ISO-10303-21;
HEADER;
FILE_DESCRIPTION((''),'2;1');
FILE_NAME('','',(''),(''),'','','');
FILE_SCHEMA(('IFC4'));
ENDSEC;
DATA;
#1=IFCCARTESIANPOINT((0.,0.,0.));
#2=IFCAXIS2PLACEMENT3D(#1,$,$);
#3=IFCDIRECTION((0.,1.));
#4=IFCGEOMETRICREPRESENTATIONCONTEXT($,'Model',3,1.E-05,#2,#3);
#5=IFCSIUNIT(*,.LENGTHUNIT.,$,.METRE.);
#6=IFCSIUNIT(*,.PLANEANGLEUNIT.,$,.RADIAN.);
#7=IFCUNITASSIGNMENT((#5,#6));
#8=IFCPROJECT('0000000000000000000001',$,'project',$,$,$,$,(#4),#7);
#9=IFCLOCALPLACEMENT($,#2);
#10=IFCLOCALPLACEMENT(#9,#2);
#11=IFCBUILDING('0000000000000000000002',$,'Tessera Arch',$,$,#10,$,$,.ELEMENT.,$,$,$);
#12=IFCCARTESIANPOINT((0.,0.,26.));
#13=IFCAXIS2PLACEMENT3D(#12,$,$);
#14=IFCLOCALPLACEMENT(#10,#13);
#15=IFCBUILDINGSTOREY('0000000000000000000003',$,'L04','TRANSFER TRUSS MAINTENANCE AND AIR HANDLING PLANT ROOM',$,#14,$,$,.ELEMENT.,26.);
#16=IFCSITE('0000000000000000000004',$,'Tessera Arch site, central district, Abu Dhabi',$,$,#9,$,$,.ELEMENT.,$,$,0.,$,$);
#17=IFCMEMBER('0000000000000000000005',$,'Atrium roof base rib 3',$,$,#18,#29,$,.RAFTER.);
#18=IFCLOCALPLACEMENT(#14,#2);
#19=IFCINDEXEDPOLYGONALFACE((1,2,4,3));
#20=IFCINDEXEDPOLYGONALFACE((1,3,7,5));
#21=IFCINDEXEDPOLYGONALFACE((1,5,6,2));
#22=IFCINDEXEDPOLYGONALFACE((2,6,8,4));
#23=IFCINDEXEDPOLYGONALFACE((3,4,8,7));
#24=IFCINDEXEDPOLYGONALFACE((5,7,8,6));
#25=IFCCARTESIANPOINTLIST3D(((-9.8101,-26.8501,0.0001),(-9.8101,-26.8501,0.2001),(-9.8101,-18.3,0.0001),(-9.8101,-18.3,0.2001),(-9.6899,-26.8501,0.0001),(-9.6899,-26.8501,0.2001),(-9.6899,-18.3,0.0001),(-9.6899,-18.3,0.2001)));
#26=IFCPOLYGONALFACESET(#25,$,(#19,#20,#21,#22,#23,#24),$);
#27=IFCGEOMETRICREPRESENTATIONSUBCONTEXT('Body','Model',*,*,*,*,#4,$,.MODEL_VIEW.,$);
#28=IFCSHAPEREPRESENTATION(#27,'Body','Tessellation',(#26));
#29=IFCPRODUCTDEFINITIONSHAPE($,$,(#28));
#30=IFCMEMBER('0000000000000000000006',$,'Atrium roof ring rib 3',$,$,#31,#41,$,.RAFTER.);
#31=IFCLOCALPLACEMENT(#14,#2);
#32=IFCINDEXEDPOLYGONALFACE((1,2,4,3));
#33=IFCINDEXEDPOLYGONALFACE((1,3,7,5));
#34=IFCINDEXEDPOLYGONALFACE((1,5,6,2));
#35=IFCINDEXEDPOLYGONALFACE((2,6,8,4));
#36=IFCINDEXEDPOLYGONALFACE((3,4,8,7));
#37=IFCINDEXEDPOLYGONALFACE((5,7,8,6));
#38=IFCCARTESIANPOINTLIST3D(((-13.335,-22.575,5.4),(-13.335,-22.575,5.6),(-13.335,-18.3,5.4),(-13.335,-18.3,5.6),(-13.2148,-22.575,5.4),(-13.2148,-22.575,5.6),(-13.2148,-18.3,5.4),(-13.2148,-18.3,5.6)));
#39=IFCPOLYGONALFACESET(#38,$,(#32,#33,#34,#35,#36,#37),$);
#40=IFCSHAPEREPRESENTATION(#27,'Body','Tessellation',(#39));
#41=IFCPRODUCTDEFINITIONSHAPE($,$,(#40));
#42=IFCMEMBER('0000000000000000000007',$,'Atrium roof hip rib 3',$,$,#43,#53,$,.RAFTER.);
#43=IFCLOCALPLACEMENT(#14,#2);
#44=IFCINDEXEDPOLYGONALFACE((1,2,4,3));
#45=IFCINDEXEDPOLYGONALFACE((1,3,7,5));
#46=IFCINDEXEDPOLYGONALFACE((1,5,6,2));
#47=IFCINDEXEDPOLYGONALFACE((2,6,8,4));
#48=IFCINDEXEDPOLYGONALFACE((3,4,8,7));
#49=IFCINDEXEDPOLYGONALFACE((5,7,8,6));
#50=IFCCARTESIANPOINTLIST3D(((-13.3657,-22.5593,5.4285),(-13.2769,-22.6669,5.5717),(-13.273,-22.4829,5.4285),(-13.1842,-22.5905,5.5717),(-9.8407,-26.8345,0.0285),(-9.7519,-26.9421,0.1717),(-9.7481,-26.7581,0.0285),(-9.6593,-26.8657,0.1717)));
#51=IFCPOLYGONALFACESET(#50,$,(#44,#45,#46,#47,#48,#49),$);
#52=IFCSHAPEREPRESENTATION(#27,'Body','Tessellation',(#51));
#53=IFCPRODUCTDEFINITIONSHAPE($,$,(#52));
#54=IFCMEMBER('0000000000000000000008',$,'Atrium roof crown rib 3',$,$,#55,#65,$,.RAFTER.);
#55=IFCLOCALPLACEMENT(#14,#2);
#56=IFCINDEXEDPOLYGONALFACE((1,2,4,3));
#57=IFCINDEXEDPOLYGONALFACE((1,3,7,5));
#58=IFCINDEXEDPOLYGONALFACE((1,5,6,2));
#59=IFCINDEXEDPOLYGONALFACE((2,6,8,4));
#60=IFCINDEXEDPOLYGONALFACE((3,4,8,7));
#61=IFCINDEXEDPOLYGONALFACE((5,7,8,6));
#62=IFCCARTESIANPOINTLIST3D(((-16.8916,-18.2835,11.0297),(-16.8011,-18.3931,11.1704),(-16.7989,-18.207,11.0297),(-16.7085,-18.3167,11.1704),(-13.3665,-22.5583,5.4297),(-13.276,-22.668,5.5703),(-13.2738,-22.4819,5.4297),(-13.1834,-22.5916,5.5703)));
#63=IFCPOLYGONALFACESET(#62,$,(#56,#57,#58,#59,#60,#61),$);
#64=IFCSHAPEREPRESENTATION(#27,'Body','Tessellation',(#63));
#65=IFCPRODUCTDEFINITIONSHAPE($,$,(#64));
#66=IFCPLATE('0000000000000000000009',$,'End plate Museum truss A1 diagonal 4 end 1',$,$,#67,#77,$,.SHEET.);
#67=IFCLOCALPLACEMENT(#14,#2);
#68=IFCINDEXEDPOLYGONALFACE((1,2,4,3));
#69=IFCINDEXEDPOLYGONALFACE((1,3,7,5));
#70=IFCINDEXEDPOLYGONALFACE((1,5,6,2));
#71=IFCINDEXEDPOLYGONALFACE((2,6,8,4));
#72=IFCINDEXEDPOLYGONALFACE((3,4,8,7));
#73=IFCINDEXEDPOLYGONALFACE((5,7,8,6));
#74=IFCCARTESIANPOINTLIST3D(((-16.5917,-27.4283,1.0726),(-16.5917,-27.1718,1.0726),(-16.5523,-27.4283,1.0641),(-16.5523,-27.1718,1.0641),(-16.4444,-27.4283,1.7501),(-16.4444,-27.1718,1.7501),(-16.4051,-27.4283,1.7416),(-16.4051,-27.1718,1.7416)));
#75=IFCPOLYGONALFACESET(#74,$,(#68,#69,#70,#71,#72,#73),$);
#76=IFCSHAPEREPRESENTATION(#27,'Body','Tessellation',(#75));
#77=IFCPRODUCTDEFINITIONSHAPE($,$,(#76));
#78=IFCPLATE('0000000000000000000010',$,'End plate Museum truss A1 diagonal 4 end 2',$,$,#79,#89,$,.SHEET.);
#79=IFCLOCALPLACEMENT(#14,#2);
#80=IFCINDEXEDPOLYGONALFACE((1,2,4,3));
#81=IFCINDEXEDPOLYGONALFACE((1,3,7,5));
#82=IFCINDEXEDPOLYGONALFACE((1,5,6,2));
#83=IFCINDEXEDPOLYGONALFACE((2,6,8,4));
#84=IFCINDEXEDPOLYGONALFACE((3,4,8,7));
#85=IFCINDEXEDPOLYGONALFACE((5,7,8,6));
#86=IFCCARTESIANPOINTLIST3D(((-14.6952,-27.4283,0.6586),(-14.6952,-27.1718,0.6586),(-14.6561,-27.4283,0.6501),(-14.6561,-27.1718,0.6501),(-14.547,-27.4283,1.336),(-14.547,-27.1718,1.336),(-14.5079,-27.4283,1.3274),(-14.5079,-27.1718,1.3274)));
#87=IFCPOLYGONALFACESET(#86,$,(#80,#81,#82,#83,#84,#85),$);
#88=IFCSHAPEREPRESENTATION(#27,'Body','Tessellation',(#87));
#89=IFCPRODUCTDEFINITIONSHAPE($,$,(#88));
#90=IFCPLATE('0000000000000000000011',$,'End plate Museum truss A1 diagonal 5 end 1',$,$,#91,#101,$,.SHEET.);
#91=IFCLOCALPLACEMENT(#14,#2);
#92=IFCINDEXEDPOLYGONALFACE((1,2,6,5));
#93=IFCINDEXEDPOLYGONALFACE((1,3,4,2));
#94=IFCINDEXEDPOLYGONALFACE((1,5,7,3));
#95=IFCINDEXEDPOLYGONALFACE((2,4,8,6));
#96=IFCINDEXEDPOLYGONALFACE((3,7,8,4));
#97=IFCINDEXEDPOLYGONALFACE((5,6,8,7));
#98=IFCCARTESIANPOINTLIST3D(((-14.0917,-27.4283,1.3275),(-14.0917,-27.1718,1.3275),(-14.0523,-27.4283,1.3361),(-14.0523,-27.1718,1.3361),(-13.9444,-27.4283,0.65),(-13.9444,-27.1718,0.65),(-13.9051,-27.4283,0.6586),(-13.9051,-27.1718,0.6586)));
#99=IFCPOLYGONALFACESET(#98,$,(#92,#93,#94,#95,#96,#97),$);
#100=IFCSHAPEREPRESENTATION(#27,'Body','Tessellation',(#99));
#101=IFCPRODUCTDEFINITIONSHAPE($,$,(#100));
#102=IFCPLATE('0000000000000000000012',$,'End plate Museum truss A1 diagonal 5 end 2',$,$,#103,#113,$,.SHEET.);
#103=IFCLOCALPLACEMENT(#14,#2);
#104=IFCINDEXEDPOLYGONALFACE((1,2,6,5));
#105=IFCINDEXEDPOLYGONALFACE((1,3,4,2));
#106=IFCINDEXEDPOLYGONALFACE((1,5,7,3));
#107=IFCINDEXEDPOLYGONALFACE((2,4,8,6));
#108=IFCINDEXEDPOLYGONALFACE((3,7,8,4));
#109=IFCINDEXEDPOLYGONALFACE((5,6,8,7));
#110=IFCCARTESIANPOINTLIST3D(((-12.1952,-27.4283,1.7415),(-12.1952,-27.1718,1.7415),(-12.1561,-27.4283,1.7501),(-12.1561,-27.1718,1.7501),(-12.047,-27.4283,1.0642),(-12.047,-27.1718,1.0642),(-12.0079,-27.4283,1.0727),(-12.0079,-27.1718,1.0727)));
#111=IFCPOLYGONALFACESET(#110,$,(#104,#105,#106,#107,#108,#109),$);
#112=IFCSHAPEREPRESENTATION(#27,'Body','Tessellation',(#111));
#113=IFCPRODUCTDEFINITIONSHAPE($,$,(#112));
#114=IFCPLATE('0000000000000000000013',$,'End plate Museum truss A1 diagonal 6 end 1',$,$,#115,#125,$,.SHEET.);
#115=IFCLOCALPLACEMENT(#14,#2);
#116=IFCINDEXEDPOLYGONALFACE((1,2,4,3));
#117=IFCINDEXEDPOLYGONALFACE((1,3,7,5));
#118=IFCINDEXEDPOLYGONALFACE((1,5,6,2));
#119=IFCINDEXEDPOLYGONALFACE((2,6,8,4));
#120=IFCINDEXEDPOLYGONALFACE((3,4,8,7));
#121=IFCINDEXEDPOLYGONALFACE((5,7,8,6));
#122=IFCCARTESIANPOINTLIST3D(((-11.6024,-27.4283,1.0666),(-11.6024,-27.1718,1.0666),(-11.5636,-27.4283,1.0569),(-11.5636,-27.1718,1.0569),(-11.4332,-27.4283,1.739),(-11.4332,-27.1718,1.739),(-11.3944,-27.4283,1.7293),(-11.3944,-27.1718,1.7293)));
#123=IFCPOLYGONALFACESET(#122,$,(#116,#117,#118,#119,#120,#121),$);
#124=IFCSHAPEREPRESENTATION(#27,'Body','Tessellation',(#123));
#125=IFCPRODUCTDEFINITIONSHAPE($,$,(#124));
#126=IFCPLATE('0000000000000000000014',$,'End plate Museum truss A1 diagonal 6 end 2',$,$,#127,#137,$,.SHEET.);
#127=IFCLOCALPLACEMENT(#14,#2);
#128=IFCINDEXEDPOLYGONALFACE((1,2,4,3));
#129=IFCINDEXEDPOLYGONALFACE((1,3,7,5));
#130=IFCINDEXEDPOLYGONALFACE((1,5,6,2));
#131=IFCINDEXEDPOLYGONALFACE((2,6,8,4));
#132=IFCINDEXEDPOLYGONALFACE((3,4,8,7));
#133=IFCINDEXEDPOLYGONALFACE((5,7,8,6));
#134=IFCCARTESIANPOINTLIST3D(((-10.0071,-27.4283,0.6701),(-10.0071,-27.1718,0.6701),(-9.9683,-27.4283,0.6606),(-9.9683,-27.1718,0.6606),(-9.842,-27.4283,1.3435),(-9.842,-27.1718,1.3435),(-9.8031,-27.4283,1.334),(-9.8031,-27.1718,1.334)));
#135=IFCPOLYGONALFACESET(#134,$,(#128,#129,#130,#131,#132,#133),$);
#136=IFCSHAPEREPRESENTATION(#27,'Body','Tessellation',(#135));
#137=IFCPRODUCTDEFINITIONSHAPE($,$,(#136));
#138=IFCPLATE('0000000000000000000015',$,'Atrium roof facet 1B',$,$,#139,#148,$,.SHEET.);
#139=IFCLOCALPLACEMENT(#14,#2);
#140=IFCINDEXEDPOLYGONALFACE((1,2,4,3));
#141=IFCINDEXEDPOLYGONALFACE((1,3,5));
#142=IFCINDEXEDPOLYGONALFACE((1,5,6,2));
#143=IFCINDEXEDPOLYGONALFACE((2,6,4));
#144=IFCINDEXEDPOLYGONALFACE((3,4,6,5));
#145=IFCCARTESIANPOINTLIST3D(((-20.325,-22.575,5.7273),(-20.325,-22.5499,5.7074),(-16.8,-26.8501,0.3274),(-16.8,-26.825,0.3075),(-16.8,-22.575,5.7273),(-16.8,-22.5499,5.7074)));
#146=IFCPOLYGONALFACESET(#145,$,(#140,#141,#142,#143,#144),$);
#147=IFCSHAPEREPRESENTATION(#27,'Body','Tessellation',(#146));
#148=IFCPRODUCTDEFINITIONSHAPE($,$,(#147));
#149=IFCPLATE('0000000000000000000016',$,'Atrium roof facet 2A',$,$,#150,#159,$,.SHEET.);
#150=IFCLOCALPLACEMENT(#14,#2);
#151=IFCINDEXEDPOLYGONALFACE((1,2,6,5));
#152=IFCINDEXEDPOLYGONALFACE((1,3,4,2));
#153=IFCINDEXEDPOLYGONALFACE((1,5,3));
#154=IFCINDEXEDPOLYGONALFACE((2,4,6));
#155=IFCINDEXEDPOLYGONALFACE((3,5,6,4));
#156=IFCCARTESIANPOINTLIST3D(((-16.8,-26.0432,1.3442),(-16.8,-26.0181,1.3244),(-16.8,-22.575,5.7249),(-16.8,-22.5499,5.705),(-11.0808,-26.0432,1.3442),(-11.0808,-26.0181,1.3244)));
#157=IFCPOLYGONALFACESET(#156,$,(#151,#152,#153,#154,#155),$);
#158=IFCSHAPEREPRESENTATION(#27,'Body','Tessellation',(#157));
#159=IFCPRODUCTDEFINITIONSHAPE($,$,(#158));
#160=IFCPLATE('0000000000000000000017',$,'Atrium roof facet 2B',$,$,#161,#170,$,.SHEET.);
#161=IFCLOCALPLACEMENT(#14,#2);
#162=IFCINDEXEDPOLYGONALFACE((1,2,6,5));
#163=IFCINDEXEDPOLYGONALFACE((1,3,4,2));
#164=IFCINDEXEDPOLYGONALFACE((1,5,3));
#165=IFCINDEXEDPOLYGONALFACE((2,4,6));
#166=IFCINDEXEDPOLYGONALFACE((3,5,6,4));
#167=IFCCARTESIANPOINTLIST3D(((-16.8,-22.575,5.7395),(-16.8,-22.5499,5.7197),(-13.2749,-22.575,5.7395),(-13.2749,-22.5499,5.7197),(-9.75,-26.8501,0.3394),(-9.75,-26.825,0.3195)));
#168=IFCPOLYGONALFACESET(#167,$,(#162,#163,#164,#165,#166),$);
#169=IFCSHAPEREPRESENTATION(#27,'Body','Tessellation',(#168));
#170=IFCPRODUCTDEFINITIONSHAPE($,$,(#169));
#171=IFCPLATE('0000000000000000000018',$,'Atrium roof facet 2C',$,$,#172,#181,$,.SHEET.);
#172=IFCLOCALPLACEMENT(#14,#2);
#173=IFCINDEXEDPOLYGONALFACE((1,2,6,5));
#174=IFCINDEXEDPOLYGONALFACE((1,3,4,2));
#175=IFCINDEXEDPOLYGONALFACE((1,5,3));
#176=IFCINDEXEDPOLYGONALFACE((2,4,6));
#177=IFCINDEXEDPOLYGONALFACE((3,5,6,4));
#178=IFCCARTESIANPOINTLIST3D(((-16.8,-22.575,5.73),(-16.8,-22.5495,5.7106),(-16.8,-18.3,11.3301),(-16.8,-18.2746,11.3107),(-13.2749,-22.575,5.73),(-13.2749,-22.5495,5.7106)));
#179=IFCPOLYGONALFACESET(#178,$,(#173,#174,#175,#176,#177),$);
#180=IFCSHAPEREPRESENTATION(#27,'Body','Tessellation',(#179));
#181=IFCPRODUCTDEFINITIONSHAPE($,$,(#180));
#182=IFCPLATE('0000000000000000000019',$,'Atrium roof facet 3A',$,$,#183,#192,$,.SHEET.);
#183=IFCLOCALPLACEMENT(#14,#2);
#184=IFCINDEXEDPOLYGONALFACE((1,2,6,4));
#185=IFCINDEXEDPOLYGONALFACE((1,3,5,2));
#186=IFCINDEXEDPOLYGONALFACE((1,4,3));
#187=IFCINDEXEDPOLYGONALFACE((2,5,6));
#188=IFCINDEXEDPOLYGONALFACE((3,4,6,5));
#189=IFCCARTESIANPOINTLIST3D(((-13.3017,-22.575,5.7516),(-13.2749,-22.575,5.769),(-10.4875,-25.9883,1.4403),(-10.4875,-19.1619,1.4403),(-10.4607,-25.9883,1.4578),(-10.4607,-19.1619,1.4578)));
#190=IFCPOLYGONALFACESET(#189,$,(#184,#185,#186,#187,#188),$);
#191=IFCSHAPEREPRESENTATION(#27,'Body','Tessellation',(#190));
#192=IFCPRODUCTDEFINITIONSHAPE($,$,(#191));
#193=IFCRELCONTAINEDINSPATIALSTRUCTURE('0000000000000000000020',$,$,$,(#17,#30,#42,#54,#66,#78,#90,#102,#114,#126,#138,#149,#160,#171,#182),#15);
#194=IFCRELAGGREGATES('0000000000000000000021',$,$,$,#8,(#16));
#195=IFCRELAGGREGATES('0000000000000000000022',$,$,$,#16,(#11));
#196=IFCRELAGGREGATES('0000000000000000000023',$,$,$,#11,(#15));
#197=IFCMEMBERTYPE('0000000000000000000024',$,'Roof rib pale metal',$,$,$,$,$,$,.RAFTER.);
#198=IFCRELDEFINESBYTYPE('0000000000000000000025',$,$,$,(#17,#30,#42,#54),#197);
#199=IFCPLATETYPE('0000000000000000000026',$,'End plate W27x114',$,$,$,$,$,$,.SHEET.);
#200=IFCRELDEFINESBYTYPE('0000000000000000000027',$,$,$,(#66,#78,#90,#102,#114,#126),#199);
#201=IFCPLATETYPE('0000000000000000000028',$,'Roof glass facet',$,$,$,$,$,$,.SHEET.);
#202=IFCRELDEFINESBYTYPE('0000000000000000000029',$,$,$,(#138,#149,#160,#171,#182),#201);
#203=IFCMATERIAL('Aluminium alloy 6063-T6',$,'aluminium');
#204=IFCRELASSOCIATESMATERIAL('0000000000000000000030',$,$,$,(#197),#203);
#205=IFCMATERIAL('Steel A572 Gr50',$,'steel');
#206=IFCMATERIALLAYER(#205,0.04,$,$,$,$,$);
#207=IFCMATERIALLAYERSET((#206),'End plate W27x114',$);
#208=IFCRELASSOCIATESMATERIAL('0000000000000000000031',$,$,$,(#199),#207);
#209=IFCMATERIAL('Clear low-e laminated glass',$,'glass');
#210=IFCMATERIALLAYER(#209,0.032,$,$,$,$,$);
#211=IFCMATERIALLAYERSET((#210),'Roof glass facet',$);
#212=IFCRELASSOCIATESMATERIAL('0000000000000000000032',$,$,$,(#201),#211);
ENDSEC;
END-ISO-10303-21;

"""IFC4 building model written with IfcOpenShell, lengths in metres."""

from ifc_helpers import new_model, si_unit, direction, frame, origin, origin_2d, place, context, subcontext, project, spatial, polyline, rectangle, outline, extrude, material, layer, layer_set, material_profile, profile_set, type_object, element, save


model = new_model("IFC4")

# Units and contexts
model_context = context("Model", 3, precision=1e-05, world=origin(), true_north=direction((0.0, 1.0)))
body_context = subcontext(model_context, "Body", "Model", "MODEL_VIEW")
ifc_project = project(units=[si_unit("LENGTHUNIT", "METRE"), si_unit("PLANEANGLEUNIT", "RADIAN")], contexts=[model_context])

# Site, building, storey
site_placement = place(None, origin())
site = spatial("IfcSite", under=ifc_project, at=site_placement, Name="Tessera Arch site, central district, Abu Dhabi", CompositionType="ELEMENT", RefElevation=0.0)
building_placement = place(site_placement, origin())
building = spatial("IfcBuilding", under=site, at=building_placement, Name="Tessera Arch", CompositionType="ELEMENT")
storey_placement = place(building_placement, frame((0.0, 0.0, 26.0)))
storey = spatial("IfcBuildingStorey", under=building, at=storey_placement, Name="L04", Description="TRANSFER TRUSS MAINTENANCE AND AIR HANDLING PLANT ROOM", CompositionType="ELEMENT", Elevation=26.0)

# Members
ifc_material_1 = material(Name="Aluminium alloy 6063-T6", Category="aluminium")
ifc_material_profile_1 = material_profile(ifc_material_1, rectangle(XDim=0.1201, YDim=0.2, at=origin_2d()), Name="AL 120x200")
ifc_profile_set_1 = profile_set([ifc_material_profile_1], Name="Aluminium alloy 6063-T6")
member_type_1 = type_object("IfcMemberType", Name="Roof rib pale metal", PredefinedType="RAFTER", material=ifc_profile_set_1)
member_1_placement = place(storey_placement, frame((-9.75, -26.8501, 0.1001), z_axis=(0.0, 1.0, 0.0), x_axis=(-1.0, 0.0, 0.0)))
element("IfcMember", 1, at=member_1_placement, inside=storey, type_object=member_type_1, Name="Atrium roof base rib 3", PredefinedType="RAFTER", context=body_context, shape_type="SweptSolid", body=[
    extrude(rectangle(XDim=0.1201, YDim=0.2, at=origin_2d()), origin(), (0.0, 0.0, 1.0), 8.55),
])
member_2_placement = place(storey_placement, frame((-13.2749, -22.575, 5.5), z_axis=(0.0, 1.0, 0.0), x_axis=(-1.0, 0.0, 0.0)))
element("IfcMember", 2, at=member_2_placement, inside=storey, type_object=member_type_1, Name="Atrium roof ring rib 3", PredefinedType="RAFTER", context=body_context, shape_type="SweptSolid", body=[
    extrude(rectangle(XDim=0.1201, YDim=0.2, at=origin_2d()), origin(), (0.0, 0.0, 1.0), 4.2749),
])
member_3_placement = place(storey_placement, frame((-9.75, -26.8501, 0.1001), z_axis=(-0.455592, 0.552561, 0.697935), x_axis=(-0.771559, -0.636158, 0.0)))
element("IfcMember", 3, at=member_3_placement, inside=storey, type_object=member_type_1, Name="Atrium roof hip rib 3", PredefinedType="RAFTER", context=body_context, shape_type="SweptSolid", body=[
    extrude(rectangle(XDim=0.1201, YDim=0.2, at=origin_2d()), origin(), (0.0, 0.0, 1.0), 7.7371),
])
member_4_placement = place(storey_placement, frame((-13.2749, -22.575, 5.5), z_axis=(-0.447468, 0.54264, 0.710855), x_axis=(-0.771519, -0.636206, 0.0)))
element("IfcMember", 4, at=member_4_placement, inside=storey, type_object=member_type_1, Name="Atrium roof crown rib 3", PredefinedType="RAFTER", context=body_context, shape_type="SweptSolid", body=[
    extrude(rectangle(XDim=0.1201, YDim=0.2, at=origin_2d()), origin(), (0.0, 0.0, 1.0), 7.8779),
])

# Plates
ifc_material_2 = material(Name="Steel A572 Gr50", Category="steel")
ifc_layer_1 = layer(ifc_material_2, 0.04)
ifc_layer_set_1 = layer_set([ifc_layer_1], Name="End plate W27x114")
plate_type_1 = type_object("IfcPlateType", Name="End plate W27x114", PredefinedType="SHEET", material=ifc_layer_set_1)
plate_1_placement = place(storey_placement, frame((-16.5181, -27.3, 1.4114), z_axis=(0.977176, 0.0, -0.21243), x_axis=(0.0, 1.0, 0.0)))
element("IfcPlate", 5, at=plate_1_placement, inside=storey, type_object=plate_type_1, Name="End plate Museum truss A1 diagonal 4 end 1", PredefinedType="SHEET", context=body_context, shape_type="SweptSolid", body=[
    extrude(rectangle(XDim=0.2566, YDim=0.6934, at=origin_2d()), origin(), (0.0, 0.0, 1.0), 0.0403),
])
plate_2_placement = place(storey_placement, frame((-14.6211, -27.3, 0.9973), z_axis=(0.9769, 0.0, -0.213697), x_axis=(0.0, 1.0, 0.0)))
element("IfcPlate", 6, at=plate_2_placement, inside=storey, type_object=plate_type_1, Name="End plate Museum truss A1 diagonal 4 end 2", PredefinedType="SHEET", context=body_context, shape_type="SweptSolid", body=[
    extrude(rectangle(XDim=0.2566, YDim=0.6934, at=origin_2d()), origin(), (0.0, 0.0, 1.0), 0.04),
])
plate_3_placement = place(storey_placement, frame((-14.0181, -27.3, 0.9888), z_axis=(0.977176, 0.0, 0.21243), x_axis=(0.0, 1.0, 0.0)))
element("IfcPlate", 7, at=plate_3_placement, inside=storey, type_object=plate_type_1, Name="End plate Museum truss A1 diagonal 5 end 1", PredefinedType="SHEET", context=body_context, shape_type="SweptSolid", body=[
    extrude(rectangle(XDim=0.2566, YDim=0.6934, at=origin_2d()), origin(), (0.0, 0.0, 1.0), 0.0403),
])
for number, where, z_axis, x_axis, name in (
    (8, (-12.1211, -27.3, 1.4028), (0.9769, 0.0, 0.213697), (0.0, 1.0, 0.0), "End plate Museum truss A1 diagonal 5 end 2"),
    (9, (-11.5178, -27.3, 1.4028), (0.969783, 0.0, -0.24397), (0.0, 1.0, 0.0), "End plate Museum truss A1 diagonal 6 end 1"),
    (10, (-9.9246, -27.3, 1.0068), (0.971211, 0.0, -0.238222), (0.0, 1.0, 0.0), "End plate Museum truss A1 diagonal 6 end 2"),
):
    element("IfcPlate", number, at=place(storey_placement, frame(where, z_axis=z_axis, x_axis=x_axis)), inside=storey, type_object=plate_type_1, Name=name, PredefinedType="SHEET", context=body_context, shape_type="SweptSolid", body=[
        extrude(rectangle(XDim=0.2566, YDim=0.6934, at=origin_2d()), origin(), (0.0, 0.0, 1.0), 0.04),
    ])
ifc_material_3 = material(Name="Clear low-e laminated glass", Category="glass")
ifc_layer_2 = layer(ifc_material_3, 0.032)
ifc_layer_set_2 = layer_set([ifc_layer_2], Name="Roof glass facet")
plate_type_2 = type_object("IfcPlateType", Name="Roof glass facet", PredefinedType="SHEET", material=ifc_layer_set_2)
plate_4_placement = place(storey_placement, frame((-16.8, -26.8501, 0.3274), z_axis=(0.0, -0.78403, 0.620723), x_axis=(0.0, 0.620723, 0.78403)))
element("IfcPlate", 11, at=plate_4_placement, inside=storey, type_object=plate_type_2, Name="Atrium roof facet 1B", PredefinedType="SHEET", context=body_context, shape_type="SweptSolid", body=[
    extrude(outline(polyline([(0.0, 0.0), (6.8874, 0.0), (6.8874, 3.5249), (0.0, 0.0)])), origin(), (0.0, 0.0, -1.0), 0.032),
])
plate_5_placement = place(storey_placement, frame((-16.8, -26.0432, 1.3442), z_axis=(0.0, -0.784022, 0.620733), x_axis=(1.0, 0.0, 0.0)))
element("IfcPlate", 12, at=plate_5_placement, inside=storey, type_object=plate_type_2, Name="Atrium roof facet 2A", PredefinedType="SHEET", context=body_context, shape_type="SweptSolid", body=[
    extrude(outline(polyline([(0.0, 0.0), (5.7192, 0.0), (0.0, 5.5874), (0.0, 0.0)])), origin(), (0.0, 0.0, -1.0), 0.032),
])
plate_6_placement = place(storey_placement, frame((-9.75, -26.8501, 0.3394), z_axis=(0.0, -0.784044, 0.620706), x_axis=(-0.455582, 0.552548, 0.697951)))
element("IfcPlate", 13, at=plate_6_placement, inside=storey, type_object=plate_type_2, Name="Atrium roof facet 2B", PredefinedType="SHEET", context=body_context, shape_type="SweptSolid", body=[
    extrude(outline(polyline([(0.0, 0.0), (7.7371, 0.0), (9.3431, 3.1381), (0.0, 0.0)])), origin(), (0.0, 0.0, -1.0), 0.032),
])
plate_7_placement = place(storey_placement, frame((-16.8, -22.575, 5.73), z_axis=(0.0, -0.794873, 0.606776), x_axis=(1.0, 0.0, 0.0)))
element("IfcPlate", 14, at=plate_7_placement, inside=storey, type_object=plate_type_2, Name="Atrium roof facet 2C", PredefinedType="SHEET", context=body_context, shape_type="SweptSolid", body=[
    extrude(outline(polyline([(0.0, 0.0), (3.5251, 0.0), (0.0, 7.0453), (0.0, 0.0)])), origin(), (0.0, 0.0, -1.0), 0.032),
])
plate_8_placement = place(storey_placement, frame((-10.4607, -25.9883, 1.4578), z_axis=(0.837388, 0.0, 0.546609), x_axis=(0.0, 1.0, 0.0)))
element("IfcPlate", 15, at=plate_8_placement, inside=storey, type_object=plate_type_2, Name="Atrium roof facet 3A", PredefinedType="SHEET", context=body_context, shape_type="SweptSolid", body=[
    extrude(outline(polyline([(0.0, 0.0), (6.8264, 0.0), (3.4133, 5.1485), (0.0, 0.0)])), origin(), (0.0, 0.0, -1.0), 0.032),
])

save(model, "model.ifc")
